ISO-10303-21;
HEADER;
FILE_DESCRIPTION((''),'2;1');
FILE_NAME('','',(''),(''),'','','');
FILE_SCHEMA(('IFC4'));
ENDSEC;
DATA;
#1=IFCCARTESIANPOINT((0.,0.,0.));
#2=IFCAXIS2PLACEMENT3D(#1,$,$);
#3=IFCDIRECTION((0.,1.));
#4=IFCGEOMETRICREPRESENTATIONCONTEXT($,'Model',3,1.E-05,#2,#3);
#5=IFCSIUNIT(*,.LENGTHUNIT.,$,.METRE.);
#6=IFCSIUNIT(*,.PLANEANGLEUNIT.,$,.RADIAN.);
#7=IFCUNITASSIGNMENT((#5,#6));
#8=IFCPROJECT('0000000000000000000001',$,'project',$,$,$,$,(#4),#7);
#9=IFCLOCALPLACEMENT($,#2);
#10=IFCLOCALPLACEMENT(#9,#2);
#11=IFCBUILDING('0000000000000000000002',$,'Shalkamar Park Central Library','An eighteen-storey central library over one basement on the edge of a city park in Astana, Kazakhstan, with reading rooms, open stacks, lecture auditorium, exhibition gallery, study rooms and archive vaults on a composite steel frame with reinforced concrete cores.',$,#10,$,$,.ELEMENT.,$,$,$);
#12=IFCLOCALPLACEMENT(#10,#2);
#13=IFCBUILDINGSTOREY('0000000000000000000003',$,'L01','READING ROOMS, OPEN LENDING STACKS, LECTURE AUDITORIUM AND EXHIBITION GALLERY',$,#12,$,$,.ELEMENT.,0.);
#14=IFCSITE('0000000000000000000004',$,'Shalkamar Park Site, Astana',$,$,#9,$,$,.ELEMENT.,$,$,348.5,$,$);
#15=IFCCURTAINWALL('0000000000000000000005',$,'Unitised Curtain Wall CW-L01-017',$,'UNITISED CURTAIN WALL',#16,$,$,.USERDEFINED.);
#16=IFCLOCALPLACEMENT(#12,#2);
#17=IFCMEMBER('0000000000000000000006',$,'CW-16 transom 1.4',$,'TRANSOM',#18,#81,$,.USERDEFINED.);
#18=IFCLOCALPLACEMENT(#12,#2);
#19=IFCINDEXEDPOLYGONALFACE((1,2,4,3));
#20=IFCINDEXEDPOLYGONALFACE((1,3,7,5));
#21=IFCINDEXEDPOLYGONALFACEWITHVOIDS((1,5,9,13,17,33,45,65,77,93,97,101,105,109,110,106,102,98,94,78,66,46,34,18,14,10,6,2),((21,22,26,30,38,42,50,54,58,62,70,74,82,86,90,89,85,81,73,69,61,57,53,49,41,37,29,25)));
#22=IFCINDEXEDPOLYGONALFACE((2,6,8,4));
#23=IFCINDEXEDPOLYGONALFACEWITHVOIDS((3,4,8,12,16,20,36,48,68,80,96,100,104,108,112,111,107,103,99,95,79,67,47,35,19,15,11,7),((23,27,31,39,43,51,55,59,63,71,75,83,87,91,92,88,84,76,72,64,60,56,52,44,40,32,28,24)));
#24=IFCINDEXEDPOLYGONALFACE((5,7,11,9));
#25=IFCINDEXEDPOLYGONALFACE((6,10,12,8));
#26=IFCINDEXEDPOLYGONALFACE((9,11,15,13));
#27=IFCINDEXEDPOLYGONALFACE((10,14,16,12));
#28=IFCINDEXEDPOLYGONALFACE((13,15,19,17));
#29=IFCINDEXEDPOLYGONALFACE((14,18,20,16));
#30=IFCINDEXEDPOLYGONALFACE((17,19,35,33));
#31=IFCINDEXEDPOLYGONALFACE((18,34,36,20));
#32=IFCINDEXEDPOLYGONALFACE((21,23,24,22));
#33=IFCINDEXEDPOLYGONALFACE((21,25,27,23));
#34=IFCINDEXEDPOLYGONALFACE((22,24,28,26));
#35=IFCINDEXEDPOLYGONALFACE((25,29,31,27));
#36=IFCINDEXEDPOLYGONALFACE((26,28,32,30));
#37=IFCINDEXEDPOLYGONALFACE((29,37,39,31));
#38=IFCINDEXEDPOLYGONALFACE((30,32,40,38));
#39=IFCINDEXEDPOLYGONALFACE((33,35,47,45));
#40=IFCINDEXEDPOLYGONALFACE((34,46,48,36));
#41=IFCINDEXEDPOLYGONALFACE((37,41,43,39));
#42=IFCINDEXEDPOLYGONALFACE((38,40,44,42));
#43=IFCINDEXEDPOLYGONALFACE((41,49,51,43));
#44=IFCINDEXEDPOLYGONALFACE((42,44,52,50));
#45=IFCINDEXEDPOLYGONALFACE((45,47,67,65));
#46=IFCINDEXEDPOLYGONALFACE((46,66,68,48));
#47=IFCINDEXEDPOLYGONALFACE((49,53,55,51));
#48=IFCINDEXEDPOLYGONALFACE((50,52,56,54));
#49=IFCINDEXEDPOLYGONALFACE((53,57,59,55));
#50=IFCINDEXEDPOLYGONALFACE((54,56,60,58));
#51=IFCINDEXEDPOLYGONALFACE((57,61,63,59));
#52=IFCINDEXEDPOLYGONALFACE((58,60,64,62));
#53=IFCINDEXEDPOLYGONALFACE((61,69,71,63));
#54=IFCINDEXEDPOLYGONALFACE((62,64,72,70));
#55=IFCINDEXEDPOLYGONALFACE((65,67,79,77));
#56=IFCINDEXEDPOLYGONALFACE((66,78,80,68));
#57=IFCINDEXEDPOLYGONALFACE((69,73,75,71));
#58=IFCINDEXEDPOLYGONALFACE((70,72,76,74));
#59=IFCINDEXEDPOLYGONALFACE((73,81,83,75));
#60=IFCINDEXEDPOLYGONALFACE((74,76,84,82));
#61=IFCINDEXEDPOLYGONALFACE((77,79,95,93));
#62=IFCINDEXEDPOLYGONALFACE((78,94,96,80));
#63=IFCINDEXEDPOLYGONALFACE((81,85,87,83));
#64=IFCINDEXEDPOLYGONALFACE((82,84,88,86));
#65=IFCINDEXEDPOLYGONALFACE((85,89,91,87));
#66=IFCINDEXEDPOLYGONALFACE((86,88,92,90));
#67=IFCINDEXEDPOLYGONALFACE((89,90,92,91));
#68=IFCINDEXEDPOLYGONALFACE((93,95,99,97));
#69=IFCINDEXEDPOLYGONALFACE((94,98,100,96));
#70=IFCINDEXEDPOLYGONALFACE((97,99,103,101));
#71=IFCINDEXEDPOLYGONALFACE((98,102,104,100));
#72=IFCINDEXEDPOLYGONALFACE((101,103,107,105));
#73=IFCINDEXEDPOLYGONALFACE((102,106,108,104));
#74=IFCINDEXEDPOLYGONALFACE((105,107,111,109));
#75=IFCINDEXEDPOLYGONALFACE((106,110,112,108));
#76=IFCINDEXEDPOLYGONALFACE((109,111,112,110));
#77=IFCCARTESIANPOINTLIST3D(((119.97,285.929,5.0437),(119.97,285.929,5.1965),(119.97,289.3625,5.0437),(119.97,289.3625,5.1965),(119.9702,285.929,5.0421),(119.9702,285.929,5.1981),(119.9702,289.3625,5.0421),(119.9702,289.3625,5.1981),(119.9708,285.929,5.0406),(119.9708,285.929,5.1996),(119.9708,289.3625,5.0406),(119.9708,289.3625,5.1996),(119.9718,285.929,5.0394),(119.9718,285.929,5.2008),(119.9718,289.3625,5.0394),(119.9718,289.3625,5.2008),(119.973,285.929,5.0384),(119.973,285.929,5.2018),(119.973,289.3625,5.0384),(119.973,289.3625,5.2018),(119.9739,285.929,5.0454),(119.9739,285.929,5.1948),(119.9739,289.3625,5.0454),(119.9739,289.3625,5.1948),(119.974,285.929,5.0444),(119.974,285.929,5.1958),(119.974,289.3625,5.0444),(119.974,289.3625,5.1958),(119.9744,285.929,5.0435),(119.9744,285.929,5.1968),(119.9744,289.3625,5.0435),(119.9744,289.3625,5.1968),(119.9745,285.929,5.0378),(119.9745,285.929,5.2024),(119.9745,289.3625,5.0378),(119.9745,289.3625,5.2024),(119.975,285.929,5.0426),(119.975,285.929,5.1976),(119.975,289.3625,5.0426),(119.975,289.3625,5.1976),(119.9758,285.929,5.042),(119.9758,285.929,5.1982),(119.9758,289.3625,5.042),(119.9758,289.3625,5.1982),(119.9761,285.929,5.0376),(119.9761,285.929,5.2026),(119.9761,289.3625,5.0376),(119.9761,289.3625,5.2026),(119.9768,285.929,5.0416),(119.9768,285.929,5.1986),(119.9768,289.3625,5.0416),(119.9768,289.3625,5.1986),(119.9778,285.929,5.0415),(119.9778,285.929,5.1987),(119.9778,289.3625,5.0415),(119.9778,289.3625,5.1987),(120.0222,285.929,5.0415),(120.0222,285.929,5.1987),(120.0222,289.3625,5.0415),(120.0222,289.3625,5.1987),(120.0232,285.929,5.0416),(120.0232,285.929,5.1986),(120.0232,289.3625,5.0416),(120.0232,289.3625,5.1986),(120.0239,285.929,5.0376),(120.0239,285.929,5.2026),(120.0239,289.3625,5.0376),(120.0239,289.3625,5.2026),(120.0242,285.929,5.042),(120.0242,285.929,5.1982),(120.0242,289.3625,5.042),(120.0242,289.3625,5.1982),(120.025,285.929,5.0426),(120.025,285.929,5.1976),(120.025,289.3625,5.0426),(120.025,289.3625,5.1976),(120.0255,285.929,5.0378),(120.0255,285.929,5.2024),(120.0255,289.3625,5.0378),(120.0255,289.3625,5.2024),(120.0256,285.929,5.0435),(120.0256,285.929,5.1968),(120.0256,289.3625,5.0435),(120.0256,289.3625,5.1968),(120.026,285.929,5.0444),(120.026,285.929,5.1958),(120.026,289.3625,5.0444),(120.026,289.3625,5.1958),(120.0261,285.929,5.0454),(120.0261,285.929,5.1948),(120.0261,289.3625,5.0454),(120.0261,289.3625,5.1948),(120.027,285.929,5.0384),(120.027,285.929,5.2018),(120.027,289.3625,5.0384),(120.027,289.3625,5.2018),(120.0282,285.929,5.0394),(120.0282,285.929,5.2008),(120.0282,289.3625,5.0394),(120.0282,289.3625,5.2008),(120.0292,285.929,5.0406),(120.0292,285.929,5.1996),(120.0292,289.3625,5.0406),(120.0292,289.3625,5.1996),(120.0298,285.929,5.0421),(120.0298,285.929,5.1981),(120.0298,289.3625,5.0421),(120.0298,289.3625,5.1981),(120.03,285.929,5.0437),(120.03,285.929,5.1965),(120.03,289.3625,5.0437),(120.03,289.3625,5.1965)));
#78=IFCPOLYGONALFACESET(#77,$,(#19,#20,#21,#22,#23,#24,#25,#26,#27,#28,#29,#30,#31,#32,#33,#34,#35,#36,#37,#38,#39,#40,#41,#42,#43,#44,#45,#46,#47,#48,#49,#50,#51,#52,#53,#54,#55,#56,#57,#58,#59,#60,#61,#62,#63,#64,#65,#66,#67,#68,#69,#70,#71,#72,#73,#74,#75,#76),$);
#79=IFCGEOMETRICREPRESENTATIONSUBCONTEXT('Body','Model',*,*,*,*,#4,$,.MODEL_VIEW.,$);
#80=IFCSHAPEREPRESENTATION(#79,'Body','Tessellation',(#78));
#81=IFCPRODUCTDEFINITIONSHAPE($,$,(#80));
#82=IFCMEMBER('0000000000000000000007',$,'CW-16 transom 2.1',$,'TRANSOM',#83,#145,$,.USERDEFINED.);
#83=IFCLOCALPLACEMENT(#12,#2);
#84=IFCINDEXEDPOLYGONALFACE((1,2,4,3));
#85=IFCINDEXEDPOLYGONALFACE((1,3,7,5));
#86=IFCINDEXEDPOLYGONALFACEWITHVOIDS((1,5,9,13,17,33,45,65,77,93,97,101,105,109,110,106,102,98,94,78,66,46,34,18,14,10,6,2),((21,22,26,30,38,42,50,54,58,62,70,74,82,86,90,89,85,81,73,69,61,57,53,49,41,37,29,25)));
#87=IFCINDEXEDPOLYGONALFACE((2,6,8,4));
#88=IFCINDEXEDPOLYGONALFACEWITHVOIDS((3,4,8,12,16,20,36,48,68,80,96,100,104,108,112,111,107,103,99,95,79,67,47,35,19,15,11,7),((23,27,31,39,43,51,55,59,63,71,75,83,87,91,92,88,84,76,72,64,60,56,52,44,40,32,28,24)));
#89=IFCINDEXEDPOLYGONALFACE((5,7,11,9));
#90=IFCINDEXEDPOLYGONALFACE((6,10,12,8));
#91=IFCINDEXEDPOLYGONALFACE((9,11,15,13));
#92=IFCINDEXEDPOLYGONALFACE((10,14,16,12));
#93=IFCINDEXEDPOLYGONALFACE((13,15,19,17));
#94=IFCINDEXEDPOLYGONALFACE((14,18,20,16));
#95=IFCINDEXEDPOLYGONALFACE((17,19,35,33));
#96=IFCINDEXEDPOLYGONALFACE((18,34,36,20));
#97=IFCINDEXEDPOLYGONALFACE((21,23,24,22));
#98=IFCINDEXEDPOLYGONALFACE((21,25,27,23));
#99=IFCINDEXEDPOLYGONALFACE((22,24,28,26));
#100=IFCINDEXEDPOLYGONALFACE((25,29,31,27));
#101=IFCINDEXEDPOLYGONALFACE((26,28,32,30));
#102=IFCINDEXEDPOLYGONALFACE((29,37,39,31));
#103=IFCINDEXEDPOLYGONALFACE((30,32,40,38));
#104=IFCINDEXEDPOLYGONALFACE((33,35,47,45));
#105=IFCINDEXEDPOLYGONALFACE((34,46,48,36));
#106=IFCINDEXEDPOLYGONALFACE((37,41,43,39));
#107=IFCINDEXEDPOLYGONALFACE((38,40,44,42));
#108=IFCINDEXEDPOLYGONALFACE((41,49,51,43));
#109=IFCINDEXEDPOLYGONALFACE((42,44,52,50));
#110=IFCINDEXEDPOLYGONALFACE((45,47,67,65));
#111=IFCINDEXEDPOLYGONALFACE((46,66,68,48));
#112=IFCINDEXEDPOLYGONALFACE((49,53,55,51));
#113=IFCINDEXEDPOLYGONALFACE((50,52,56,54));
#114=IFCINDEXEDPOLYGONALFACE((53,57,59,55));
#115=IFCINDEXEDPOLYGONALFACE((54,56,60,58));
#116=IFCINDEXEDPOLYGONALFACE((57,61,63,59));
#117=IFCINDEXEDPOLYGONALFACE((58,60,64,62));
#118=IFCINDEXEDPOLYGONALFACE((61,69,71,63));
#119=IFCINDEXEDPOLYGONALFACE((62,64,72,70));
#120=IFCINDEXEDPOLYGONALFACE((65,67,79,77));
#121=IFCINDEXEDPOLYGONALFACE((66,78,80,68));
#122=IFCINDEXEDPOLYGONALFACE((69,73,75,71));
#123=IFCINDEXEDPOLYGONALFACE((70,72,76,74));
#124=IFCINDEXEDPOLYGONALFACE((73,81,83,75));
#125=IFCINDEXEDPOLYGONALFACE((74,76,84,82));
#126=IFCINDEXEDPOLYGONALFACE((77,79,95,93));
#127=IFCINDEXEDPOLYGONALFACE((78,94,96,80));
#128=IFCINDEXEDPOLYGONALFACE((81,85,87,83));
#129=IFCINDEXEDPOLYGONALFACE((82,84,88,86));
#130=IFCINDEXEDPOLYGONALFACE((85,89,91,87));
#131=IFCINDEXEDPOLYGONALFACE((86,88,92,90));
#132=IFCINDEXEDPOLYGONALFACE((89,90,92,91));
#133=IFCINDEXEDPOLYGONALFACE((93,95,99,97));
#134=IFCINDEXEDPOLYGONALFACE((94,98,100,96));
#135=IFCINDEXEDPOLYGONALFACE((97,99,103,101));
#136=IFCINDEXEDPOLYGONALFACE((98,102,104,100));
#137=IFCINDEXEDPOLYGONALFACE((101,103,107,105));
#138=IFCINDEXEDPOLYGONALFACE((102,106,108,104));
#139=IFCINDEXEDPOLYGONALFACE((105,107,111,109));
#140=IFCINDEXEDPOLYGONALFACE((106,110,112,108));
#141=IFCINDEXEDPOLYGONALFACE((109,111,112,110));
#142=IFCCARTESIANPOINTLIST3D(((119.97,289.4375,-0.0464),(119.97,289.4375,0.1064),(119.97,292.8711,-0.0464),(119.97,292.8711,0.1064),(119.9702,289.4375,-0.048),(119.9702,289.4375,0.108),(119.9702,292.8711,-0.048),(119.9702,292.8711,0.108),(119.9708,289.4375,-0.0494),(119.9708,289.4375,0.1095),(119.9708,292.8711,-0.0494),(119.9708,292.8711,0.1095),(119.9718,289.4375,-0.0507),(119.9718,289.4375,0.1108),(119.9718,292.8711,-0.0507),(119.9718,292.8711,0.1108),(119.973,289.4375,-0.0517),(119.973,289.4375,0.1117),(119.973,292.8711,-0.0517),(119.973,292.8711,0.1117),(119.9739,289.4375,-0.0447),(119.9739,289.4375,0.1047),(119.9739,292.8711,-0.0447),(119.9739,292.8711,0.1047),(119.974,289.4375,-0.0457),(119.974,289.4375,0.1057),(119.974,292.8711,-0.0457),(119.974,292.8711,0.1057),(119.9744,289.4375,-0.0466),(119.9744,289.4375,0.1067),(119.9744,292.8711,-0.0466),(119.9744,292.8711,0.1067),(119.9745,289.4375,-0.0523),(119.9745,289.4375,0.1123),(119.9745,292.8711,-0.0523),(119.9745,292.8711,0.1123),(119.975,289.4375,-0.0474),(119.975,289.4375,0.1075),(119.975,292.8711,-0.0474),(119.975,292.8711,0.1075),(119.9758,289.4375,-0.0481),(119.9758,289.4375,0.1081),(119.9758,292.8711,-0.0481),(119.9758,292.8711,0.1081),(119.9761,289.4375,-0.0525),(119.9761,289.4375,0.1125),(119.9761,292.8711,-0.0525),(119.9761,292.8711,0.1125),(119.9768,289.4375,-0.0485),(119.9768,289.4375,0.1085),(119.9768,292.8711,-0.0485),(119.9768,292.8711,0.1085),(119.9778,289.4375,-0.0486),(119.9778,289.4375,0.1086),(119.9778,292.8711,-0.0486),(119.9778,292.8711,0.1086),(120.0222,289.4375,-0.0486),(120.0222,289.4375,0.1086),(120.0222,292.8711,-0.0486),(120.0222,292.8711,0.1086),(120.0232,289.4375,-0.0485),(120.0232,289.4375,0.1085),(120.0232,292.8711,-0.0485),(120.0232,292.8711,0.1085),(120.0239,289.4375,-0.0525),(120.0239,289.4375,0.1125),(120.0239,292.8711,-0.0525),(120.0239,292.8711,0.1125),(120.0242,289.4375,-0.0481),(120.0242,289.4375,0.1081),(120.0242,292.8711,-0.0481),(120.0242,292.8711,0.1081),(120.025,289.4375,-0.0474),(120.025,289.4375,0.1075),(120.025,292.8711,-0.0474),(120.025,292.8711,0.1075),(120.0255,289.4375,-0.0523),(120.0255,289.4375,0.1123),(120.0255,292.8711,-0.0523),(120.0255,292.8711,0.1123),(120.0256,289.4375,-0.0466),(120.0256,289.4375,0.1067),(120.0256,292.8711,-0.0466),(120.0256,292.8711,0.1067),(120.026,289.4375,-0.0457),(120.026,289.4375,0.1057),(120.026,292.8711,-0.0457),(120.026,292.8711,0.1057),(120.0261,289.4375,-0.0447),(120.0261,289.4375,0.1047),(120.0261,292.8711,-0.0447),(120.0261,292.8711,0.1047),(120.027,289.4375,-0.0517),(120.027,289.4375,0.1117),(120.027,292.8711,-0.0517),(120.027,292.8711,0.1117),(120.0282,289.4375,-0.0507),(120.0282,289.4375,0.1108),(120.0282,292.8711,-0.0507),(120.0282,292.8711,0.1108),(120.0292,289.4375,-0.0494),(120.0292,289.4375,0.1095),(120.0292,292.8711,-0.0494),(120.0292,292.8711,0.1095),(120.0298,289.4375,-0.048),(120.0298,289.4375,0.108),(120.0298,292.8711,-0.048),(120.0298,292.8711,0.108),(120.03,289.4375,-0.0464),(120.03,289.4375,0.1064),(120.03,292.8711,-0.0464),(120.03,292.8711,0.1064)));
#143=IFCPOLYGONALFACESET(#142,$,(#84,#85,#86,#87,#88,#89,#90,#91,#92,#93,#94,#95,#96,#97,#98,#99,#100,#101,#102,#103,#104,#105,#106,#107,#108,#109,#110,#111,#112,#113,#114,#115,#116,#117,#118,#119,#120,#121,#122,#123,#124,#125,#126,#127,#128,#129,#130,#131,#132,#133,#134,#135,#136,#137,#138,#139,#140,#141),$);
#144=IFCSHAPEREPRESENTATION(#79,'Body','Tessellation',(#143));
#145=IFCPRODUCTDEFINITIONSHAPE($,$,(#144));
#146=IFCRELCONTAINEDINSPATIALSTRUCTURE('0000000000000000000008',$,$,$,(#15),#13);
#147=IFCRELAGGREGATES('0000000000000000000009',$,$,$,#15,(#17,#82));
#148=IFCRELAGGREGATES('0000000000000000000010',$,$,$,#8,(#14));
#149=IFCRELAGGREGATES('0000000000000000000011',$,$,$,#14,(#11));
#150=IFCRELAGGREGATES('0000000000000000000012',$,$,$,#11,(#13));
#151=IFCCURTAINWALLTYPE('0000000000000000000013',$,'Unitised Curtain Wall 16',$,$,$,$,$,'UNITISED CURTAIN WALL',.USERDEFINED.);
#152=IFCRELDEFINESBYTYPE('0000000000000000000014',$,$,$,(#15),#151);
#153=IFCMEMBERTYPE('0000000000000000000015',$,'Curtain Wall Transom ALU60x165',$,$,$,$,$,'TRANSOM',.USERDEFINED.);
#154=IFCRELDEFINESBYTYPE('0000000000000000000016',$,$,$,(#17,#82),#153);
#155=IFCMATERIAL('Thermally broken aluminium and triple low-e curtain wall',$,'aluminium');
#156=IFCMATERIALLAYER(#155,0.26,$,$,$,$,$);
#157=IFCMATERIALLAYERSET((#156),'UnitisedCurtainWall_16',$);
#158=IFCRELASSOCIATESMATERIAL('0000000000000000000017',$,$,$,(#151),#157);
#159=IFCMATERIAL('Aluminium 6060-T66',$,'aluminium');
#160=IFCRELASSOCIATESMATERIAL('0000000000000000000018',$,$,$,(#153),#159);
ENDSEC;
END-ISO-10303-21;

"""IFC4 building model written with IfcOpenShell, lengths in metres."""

from ifc_helpers import new_model, si_unit, direction, frame, origin, origin_2d, place, context, subcontext, project, spatial, hollow_rectangle, extrude, material, layer, layer_set, material_profile, profile_set, type_object, element, aggregate, save


model = new_model("IFC4")

# Units and contexts
model_context = context("Model", 3, precision=1e-05, world=origin(), true_north=direction((0.0, 1.0)))
body_context = subcontext(model_context, "Body", "Model", "MODEL_VIEW")
ifc_project = project(units=[si_unit("LENGTHUNIT", "METRE"), si_unit("PLANEANGLEUNIT", "RADIAN")], contexts=[model_context])

# Site, building, storey
site_placement = place(None, origin())
site = spatial("IfcSite", under=ifc_project, at=site_placement, Name="Shalkamar Park Site, Astana", CompositionType="ELEMENT", RefElevation=348.5)
building_placement = place(site_placement, origin())
building = spatial("IfcBuilding", under=site, at=building_placement, Name="Shalkamar Park Central Library", Description="An eighteen-storey central library over one basement on the edge of a city park in Astana, Kazakhstan, with reading rooms, open stacks, lecture auditorium, exhibition gallery, study rooms and archive vaults on a composite steel frame with reinforced concrete cores.", CompositionType="ELEMENT")
storey_placement = place(building_placement, origin())
storey = spatial("IfcBuildingStorey", under=building, at=storey_placement, Name="L01", Description="READING ROOMS, OPEN LENDING STACKS, LECTURE AUDITORIUM AND EXHIBITION GALLERY", CompositionType="ELEMENT", Elevation=0.0)

# Curtain wall, members
ifc_material_1 = material(Name="Thermally broken aluminium and triple low-e curtain wall", Category="aluminium")
ifc_layer_1 = layer(ifc_material_1, 0.26)
ifc_layer_set_1 = layer_set([ifc_layer_1], Name="UnitisedCurtainWall_16")
curtain_wall_type = type_object("IfcCurtainWallType", Name="Unitised Curtain Wall 16", ElementType="UNITISED CURTAIN WALL", PredefinedType="USERDEFINED", material=ifc_layer_set_1)
curtain_wall_placement = place(storey_placement, origin())
curtain_wall = element("IfcCurtainWall", 1, at=curtain_wall_placement, inside=storey, type_object=curtain_wall_type, Name="Unitised Curtain Wall CW-L01-017", ObjectType="UNITISED CURTAIN WALL", PredefinedType="USERDEFINED")
ifc_material_2 = material(Name="Aluminium 6060-T66", Category="aluminium")
ifc_material_profile_1 = material_profile(ifc_material_2, hollow_rectangle(XDim=0.0601, YDim=0.165, WallThickness=0.0039, InnerFilletRadius=0.0039, OuterFilletRadius=0.0061, at=origin_2d()), Name="ALU 60x165x4")
ifc_profile_set_1 = profile_set([ifc_material_profile_1], Name="Aluminium 6060-T66")
member_type_1 = type_object("IfcMemberType", Name="Curtain Wall Transom ALU60x165", ElementType="TRANSOM", PredefinedType="USERDEFINED", material=ifc_profile_set_1)
member_1_placement = place(storey_placement, frame((120.0, 285.929, 5.1201), z_axis=(0.0, 1.0, 0.0), x_axis=(-1.0, 0.0, 0.0)))
member_1 = element("IfcMember", 2, at=member_1_placement, type_object=member_type_1, Name="CW-16 transom 1.4", ObjectType="TRANSOM", PredefinedType="USERDEFINED", context=body_context, shape_type="SweptSolid", body=[
    extrude(hollow_rectangle(XDim=0.0601, YDim=0.165, WallThickness=0.0039, InnerFilletRadius=0.0039, OuterFilletRadius=0.0061, at=origin_2d()), origin(), (0.0, 0.0, 1.0), 3.4336),
])
member_2_placement = place(storey_placement, frame((120.0, 289.4375, 0.03), z_axis=(0.0, 1.0, 0.0), x_axis=(-1.0, 0.0, 0.0)))
member_2 = element("IfcMember", 3, at=member_2_placement, type_object=member_type_1, Name="CW-16 transom 2.1", ObjectType="TRANSOM", PredefinedType="USERDEFINED", context=body_context, shape_type="SweptSolid", body=[
    extrude(hollow_rectangle(XDim=0.0601, YDim=0.165, WallThickness=0.0039, InnerFilletRadius=0.0039, OuterFilletRadius=0.0061, at=origin_2d()), origin(), (0.0, 0.0, 1.0), 3.4336),
])

aggregate(curtain_wall, [member_1, member_2])

save(model, "model.ifc")
